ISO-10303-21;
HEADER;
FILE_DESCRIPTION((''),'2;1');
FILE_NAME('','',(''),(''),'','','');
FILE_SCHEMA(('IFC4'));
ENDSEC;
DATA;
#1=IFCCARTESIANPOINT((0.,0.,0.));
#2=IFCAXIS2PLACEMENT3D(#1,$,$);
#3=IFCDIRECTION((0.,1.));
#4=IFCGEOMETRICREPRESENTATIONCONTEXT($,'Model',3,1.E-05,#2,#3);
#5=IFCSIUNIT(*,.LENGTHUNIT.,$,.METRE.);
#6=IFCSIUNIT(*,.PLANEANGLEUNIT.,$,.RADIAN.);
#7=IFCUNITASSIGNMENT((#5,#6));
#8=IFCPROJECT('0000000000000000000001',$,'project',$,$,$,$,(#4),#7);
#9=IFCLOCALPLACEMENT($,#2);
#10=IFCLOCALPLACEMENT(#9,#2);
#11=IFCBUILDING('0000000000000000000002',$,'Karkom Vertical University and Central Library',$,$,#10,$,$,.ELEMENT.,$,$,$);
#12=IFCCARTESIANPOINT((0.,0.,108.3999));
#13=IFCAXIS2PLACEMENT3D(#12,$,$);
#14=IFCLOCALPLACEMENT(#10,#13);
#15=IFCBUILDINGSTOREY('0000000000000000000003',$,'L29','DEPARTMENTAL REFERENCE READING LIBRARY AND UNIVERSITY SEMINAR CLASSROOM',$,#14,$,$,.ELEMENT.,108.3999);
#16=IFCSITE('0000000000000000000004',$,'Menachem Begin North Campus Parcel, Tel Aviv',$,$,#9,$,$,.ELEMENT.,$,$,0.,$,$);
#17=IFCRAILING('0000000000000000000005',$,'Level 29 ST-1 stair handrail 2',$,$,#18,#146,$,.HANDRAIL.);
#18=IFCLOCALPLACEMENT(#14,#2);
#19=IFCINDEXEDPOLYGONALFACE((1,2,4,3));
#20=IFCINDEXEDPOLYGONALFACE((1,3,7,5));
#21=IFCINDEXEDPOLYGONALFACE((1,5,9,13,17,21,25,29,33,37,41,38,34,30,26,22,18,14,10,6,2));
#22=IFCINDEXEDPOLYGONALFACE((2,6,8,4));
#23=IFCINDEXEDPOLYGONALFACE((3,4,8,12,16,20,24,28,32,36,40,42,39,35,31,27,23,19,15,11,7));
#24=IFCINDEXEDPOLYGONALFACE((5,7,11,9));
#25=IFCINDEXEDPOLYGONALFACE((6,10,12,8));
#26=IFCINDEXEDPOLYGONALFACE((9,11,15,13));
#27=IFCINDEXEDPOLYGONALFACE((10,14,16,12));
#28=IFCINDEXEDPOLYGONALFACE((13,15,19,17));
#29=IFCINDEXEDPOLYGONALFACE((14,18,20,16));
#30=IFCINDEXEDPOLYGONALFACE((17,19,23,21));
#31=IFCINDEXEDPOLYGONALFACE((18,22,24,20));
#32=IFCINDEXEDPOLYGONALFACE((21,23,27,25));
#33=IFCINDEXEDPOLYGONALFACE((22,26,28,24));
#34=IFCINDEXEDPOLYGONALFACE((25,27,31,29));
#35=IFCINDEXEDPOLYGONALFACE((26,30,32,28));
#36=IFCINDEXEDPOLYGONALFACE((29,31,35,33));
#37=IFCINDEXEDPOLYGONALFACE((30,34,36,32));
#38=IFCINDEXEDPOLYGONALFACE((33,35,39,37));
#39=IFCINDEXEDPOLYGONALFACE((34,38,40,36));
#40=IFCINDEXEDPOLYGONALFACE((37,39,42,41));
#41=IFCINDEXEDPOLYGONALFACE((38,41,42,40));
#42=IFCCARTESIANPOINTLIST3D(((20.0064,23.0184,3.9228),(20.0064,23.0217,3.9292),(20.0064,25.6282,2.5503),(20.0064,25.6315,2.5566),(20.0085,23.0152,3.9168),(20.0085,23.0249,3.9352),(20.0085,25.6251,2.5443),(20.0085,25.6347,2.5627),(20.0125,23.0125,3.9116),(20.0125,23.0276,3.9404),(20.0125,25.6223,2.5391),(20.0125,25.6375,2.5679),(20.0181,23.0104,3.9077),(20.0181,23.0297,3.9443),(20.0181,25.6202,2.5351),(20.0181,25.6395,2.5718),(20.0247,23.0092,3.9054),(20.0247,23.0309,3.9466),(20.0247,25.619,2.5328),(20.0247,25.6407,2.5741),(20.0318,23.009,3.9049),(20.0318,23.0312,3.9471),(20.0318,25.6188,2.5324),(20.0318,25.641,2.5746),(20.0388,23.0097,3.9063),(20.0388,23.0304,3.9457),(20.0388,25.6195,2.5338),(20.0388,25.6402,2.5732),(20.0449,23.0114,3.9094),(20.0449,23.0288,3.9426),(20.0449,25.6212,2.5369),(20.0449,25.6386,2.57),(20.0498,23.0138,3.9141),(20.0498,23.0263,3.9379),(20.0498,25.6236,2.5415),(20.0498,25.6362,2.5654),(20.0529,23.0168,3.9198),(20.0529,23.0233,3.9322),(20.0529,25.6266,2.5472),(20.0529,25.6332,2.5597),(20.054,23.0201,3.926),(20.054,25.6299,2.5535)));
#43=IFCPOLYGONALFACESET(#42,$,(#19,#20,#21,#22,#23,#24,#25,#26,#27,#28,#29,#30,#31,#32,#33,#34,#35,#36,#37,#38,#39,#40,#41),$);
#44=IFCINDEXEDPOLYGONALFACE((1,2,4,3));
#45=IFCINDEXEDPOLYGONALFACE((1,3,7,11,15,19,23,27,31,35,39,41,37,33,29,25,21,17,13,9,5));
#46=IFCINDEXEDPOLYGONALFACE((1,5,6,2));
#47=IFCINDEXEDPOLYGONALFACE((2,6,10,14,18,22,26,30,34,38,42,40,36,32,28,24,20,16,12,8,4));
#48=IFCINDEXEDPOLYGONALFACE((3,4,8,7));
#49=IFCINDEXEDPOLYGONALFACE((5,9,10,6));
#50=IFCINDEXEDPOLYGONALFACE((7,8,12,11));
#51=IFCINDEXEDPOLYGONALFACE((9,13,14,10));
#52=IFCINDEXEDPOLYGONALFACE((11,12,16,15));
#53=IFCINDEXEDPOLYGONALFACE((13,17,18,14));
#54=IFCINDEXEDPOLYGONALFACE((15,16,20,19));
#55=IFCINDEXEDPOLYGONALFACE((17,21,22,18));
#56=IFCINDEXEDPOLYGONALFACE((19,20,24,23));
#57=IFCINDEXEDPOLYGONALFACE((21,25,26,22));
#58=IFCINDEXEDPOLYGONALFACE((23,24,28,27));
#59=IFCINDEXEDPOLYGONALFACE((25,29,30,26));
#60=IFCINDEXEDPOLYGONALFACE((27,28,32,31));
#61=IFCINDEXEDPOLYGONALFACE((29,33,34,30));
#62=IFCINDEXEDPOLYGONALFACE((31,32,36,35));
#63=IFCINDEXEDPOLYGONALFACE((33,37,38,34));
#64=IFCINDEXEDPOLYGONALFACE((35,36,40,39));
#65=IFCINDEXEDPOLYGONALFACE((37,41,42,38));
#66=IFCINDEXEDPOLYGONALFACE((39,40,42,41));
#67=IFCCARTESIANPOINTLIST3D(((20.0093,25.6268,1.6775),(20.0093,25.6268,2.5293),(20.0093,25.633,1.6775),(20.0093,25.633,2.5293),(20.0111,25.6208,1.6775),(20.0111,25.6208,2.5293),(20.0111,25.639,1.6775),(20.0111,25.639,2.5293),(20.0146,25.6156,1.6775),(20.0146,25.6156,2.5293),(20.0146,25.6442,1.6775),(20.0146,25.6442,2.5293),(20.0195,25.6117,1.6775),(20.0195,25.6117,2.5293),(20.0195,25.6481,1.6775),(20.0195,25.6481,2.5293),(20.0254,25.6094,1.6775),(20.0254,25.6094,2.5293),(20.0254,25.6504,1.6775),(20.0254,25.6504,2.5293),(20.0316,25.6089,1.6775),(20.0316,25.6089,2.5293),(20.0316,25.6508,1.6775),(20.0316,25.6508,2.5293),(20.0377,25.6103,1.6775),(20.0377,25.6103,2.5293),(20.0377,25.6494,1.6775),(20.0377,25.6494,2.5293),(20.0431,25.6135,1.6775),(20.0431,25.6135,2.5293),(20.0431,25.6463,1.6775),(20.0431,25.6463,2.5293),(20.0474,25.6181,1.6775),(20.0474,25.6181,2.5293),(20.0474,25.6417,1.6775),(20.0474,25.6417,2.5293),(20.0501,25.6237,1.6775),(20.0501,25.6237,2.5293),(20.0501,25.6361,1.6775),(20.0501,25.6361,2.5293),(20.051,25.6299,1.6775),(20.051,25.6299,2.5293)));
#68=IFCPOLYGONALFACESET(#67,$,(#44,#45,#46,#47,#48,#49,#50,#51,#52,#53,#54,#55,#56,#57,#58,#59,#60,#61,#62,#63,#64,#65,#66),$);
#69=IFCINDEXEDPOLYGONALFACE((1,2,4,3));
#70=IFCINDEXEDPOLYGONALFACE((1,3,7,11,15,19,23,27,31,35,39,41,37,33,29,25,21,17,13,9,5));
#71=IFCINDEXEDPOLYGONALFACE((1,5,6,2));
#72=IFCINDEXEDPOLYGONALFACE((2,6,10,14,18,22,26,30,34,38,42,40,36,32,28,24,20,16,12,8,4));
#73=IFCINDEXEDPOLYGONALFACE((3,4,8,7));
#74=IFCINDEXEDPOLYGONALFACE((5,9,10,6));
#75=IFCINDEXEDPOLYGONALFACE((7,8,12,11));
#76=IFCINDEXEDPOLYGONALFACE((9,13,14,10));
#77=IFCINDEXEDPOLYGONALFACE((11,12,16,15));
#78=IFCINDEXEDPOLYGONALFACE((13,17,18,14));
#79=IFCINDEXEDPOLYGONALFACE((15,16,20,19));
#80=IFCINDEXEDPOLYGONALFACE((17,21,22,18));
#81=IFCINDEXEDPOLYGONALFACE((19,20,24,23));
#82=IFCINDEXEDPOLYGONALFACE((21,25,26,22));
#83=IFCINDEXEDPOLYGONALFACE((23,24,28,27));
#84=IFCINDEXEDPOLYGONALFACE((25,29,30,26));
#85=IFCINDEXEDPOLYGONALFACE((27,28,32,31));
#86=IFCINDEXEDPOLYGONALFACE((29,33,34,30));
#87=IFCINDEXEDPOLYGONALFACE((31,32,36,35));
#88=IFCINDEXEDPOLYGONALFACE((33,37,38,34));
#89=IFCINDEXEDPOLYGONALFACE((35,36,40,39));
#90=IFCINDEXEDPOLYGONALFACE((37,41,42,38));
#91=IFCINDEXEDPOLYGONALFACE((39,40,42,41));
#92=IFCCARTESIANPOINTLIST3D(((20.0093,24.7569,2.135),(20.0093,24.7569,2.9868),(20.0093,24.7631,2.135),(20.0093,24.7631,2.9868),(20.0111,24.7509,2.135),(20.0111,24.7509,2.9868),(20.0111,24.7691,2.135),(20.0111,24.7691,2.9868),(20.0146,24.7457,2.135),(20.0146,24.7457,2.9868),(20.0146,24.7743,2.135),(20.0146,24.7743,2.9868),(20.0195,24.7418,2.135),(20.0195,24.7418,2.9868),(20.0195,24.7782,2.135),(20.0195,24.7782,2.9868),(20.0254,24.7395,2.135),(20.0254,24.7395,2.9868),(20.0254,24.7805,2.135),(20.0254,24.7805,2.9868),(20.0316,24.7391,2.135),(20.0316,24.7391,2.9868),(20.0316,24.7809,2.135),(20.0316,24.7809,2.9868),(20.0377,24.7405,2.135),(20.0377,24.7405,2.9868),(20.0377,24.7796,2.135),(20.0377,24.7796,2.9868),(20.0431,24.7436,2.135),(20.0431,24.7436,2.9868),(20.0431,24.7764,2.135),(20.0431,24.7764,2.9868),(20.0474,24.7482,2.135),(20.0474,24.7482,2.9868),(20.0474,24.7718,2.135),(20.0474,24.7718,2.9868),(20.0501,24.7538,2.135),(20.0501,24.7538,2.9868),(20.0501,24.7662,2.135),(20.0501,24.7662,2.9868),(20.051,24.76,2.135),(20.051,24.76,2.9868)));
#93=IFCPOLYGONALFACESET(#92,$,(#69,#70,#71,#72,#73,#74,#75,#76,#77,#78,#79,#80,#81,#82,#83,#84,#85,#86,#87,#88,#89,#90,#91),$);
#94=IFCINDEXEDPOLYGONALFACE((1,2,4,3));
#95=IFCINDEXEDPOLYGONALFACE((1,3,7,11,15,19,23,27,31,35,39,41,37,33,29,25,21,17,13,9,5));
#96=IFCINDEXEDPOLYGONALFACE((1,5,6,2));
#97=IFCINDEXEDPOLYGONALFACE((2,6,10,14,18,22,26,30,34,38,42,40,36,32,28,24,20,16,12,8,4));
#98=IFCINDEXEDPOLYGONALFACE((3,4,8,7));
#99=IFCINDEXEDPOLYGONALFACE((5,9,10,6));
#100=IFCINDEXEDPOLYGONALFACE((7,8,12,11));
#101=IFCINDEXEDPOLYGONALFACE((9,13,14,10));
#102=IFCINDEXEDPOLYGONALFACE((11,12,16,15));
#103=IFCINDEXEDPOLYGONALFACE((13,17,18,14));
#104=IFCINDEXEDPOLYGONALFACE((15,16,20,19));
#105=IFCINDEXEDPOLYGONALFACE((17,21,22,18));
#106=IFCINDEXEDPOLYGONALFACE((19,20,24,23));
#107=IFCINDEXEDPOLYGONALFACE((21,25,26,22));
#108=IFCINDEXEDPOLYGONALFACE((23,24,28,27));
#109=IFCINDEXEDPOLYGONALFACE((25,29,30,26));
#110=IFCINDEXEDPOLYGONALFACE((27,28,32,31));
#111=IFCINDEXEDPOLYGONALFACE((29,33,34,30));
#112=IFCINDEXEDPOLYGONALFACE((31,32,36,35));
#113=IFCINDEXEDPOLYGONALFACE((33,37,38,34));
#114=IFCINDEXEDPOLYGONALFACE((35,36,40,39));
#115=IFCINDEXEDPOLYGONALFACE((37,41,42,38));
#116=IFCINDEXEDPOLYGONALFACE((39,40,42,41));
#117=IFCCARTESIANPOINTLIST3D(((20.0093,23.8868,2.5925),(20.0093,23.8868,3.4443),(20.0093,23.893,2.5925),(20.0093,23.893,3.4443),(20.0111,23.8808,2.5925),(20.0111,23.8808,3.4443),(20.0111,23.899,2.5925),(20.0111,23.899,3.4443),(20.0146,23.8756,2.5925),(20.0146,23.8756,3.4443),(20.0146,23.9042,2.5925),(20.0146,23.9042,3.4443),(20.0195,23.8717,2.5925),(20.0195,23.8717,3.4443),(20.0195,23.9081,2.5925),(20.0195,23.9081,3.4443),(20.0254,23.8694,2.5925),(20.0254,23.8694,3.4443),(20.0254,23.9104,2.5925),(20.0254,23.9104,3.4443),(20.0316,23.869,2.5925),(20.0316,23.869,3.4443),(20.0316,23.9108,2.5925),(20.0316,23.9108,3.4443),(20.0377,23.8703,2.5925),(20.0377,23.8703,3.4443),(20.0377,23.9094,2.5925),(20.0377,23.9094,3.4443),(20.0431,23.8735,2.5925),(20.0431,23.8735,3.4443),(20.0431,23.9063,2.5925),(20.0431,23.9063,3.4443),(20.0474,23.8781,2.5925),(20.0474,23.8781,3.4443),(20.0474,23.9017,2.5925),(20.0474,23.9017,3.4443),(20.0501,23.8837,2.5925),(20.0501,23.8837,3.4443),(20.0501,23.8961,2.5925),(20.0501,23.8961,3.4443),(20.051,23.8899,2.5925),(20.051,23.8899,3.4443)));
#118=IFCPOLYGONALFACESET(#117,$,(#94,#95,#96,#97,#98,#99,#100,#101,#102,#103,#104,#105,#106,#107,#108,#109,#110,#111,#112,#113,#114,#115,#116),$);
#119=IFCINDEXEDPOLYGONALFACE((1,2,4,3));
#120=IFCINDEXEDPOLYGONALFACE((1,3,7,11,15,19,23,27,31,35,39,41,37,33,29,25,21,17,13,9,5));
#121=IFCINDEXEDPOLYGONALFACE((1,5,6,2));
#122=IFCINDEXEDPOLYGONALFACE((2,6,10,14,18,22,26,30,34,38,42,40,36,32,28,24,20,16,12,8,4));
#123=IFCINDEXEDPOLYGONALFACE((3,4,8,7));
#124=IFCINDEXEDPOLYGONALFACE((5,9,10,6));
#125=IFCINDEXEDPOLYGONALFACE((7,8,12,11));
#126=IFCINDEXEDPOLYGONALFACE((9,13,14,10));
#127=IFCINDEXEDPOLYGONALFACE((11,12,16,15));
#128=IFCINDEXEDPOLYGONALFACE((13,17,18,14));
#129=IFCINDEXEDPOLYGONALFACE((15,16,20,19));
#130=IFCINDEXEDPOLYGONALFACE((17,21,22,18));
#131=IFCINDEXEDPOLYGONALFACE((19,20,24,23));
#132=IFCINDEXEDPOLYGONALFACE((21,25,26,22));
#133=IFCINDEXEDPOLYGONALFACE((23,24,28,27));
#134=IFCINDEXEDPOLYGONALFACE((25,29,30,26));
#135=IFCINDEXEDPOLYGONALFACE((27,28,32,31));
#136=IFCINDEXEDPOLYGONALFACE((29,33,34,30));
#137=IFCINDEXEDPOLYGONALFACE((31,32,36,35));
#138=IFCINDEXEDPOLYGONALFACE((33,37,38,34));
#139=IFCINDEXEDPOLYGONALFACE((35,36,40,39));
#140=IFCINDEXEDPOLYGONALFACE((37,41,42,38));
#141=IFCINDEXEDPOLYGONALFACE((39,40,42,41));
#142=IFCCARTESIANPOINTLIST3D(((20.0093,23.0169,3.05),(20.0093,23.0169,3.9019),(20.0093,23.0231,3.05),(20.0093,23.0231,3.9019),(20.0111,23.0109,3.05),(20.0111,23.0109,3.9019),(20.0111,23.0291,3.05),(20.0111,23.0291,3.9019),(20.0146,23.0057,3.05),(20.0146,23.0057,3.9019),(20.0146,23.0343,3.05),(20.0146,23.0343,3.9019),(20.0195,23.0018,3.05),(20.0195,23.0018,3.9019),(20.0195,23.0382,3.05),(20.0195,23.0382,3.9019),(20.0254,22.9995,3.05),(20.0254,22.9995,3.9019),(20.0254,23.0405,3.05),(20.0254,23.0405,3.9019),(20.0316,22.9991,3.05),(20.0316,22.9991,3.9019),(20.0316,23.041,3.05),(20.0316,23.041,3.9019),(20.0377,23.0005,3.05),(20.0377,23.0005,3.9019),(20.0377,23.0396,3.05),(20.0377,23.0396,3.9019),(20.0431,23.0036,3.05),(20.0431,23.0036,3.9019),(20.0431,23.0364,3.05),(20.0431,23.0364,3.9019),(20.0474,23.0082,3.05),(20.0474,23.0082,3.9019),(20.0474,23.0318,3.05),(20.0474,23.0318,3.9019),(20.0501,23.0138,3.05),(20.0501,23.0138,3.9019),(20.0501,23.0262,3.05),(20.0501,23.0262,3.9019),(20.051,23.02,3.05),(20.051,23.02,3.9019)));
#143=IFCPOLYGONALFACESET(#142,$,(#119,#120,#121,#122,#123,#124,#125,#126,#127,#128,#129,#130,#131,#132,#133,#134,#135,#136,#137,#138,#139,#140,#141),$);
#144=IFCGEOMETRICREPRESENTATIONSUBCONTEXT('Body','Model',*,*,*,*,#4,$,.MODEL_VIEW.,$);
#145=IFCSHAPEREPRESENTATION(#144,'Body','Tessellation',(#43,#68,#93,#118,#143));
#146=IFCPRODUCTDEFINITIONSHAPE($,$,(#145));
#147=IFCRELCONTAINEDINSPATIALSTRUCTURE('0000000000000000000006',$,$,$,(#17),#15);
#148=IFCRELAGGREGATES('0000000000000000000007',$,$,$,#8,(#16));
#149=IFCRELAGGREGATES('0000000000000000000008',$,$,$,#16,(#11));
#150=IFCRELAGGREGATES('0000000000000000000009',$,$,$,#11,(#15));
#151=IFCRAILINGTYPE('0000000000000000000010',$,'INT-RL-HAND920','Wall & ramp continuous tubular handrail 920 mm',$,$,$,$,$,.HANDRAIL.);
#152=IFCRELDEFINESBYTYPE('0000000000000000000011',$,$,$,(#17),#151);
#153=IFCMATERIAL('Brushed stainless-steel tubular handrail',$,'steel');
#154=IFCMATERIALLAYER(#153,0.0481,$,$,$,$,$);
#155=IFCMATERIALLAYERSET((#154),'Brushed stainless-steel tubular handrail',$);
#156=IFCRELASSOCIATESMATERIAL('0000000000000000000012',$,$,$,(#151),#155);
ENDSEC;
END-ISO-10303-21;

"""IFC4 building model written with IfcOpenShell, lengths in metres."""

from ifc_helpers import new_model, si_unit, direction, frame, origin, origin_2d, place, context, subcontext, project, spatial, circle, extrude, material, layer, layer_set, type_object, element, save


model = new_model("IFC4")

# Units and contexts
model_context = context("Model", 3, precision=1e-05, world=origin(), true_north=direction((0.0, 1.0)))
body_context = subcontext(model_context, "Body", "Model", "MODEL_VIEW")
ifc_project = project(units=[si_unit("LENGTHUNIT", "METRE"), si_unit("PLANEANGLEUNIT", "RADIAN")], contexts=[model_context])

# Site, building, storey
site_placement = place(None, origin())
site = spatial("IfcSite", under=ifc_project, at=site_placement, Name="Menachem Begin North Campus Parcel, Tel Aviv", CompositionType="ELEMENT", RefElevation=0.0)
building_placement = place(site_placement, origin())
building = spatial("IfcBuilding", under=site, at=building_placement, Name="Karkom Vertical University and Central Library", CompositionType="ELEMENT")
storey_placement = place(building_placement, frame((0.0, 0.0, 108.3999)))
storey = spatial("IfcBuildingStorey", under=building, at=storey_placement, Name="L29", Description="DEPARTMENTAL REFERENCE READING LIBRARY AND UNIVERSITY SEMINAR CLASSROOM", CompositionType="ELEMENT", Elevation=108.3999)

# Railing
ifc_material_1 = material(Name="Brushed stainless-steel tubular handrail", Category="steel")
ifc_layer_1 = layer(ifc_material_1, 0.0481)
ifc_layer_set_1 = layer_set([ifc_layer_1], Name="Brushed stainless-steel tubular handrail")
railing_type_1 = type_object("IfcRailingType", Name="INT-RL-HAND920", Description="Wall & ramp continuous tubular handrail 920 mm", PredefinedType="HANDRAIL", material=ifc_layer_set_1)
railing_1_placement = place(storey_placement, frame((20.03, 25.6299, 1.6775)))
element("IfcRailing", 1, at=railing_1_placement, inside=storey, type_object=railing_type_1, Name="Level 29 ST-1 stair handrail 2", PredefinedType="HANDRAIL", context=body_context, shape_type="SweptSolid", body=[
    extrude(circle(Radius=0.0239, at=origin_2d()), frame((0.0, 0.0, 0.876), z_axis=(0.0, -0.885065, 0.465467), x_axis=(1.0, 0.0, 0.0)), (0.0, 0.0, 1.0), 2.9487),
    extrude(circle(Radius=0.021, at=origin_2d()), origin(), (0.0, 0.0, 1.0), 0.8518),
    extrude(circle(Radius=0.021, at=origin_2d()), frame((0.0, -0.8699, 0.4575)), (0.0, 0.0, 1.0), 0.8518),
    extrude(circle(Radius=0.021, at=origin_2d()), frame((0.0, -1.74, 0.915)), (0.0, 0.0, 1.0), 0.8518),
    extrude(circle(Radius=0.021, at=origin_2d()), frame((0.0, -2.6099, 1.3726)), (0.0, 0.0, 1.0), 0.8518),
])

save(model, "model.ifc")
